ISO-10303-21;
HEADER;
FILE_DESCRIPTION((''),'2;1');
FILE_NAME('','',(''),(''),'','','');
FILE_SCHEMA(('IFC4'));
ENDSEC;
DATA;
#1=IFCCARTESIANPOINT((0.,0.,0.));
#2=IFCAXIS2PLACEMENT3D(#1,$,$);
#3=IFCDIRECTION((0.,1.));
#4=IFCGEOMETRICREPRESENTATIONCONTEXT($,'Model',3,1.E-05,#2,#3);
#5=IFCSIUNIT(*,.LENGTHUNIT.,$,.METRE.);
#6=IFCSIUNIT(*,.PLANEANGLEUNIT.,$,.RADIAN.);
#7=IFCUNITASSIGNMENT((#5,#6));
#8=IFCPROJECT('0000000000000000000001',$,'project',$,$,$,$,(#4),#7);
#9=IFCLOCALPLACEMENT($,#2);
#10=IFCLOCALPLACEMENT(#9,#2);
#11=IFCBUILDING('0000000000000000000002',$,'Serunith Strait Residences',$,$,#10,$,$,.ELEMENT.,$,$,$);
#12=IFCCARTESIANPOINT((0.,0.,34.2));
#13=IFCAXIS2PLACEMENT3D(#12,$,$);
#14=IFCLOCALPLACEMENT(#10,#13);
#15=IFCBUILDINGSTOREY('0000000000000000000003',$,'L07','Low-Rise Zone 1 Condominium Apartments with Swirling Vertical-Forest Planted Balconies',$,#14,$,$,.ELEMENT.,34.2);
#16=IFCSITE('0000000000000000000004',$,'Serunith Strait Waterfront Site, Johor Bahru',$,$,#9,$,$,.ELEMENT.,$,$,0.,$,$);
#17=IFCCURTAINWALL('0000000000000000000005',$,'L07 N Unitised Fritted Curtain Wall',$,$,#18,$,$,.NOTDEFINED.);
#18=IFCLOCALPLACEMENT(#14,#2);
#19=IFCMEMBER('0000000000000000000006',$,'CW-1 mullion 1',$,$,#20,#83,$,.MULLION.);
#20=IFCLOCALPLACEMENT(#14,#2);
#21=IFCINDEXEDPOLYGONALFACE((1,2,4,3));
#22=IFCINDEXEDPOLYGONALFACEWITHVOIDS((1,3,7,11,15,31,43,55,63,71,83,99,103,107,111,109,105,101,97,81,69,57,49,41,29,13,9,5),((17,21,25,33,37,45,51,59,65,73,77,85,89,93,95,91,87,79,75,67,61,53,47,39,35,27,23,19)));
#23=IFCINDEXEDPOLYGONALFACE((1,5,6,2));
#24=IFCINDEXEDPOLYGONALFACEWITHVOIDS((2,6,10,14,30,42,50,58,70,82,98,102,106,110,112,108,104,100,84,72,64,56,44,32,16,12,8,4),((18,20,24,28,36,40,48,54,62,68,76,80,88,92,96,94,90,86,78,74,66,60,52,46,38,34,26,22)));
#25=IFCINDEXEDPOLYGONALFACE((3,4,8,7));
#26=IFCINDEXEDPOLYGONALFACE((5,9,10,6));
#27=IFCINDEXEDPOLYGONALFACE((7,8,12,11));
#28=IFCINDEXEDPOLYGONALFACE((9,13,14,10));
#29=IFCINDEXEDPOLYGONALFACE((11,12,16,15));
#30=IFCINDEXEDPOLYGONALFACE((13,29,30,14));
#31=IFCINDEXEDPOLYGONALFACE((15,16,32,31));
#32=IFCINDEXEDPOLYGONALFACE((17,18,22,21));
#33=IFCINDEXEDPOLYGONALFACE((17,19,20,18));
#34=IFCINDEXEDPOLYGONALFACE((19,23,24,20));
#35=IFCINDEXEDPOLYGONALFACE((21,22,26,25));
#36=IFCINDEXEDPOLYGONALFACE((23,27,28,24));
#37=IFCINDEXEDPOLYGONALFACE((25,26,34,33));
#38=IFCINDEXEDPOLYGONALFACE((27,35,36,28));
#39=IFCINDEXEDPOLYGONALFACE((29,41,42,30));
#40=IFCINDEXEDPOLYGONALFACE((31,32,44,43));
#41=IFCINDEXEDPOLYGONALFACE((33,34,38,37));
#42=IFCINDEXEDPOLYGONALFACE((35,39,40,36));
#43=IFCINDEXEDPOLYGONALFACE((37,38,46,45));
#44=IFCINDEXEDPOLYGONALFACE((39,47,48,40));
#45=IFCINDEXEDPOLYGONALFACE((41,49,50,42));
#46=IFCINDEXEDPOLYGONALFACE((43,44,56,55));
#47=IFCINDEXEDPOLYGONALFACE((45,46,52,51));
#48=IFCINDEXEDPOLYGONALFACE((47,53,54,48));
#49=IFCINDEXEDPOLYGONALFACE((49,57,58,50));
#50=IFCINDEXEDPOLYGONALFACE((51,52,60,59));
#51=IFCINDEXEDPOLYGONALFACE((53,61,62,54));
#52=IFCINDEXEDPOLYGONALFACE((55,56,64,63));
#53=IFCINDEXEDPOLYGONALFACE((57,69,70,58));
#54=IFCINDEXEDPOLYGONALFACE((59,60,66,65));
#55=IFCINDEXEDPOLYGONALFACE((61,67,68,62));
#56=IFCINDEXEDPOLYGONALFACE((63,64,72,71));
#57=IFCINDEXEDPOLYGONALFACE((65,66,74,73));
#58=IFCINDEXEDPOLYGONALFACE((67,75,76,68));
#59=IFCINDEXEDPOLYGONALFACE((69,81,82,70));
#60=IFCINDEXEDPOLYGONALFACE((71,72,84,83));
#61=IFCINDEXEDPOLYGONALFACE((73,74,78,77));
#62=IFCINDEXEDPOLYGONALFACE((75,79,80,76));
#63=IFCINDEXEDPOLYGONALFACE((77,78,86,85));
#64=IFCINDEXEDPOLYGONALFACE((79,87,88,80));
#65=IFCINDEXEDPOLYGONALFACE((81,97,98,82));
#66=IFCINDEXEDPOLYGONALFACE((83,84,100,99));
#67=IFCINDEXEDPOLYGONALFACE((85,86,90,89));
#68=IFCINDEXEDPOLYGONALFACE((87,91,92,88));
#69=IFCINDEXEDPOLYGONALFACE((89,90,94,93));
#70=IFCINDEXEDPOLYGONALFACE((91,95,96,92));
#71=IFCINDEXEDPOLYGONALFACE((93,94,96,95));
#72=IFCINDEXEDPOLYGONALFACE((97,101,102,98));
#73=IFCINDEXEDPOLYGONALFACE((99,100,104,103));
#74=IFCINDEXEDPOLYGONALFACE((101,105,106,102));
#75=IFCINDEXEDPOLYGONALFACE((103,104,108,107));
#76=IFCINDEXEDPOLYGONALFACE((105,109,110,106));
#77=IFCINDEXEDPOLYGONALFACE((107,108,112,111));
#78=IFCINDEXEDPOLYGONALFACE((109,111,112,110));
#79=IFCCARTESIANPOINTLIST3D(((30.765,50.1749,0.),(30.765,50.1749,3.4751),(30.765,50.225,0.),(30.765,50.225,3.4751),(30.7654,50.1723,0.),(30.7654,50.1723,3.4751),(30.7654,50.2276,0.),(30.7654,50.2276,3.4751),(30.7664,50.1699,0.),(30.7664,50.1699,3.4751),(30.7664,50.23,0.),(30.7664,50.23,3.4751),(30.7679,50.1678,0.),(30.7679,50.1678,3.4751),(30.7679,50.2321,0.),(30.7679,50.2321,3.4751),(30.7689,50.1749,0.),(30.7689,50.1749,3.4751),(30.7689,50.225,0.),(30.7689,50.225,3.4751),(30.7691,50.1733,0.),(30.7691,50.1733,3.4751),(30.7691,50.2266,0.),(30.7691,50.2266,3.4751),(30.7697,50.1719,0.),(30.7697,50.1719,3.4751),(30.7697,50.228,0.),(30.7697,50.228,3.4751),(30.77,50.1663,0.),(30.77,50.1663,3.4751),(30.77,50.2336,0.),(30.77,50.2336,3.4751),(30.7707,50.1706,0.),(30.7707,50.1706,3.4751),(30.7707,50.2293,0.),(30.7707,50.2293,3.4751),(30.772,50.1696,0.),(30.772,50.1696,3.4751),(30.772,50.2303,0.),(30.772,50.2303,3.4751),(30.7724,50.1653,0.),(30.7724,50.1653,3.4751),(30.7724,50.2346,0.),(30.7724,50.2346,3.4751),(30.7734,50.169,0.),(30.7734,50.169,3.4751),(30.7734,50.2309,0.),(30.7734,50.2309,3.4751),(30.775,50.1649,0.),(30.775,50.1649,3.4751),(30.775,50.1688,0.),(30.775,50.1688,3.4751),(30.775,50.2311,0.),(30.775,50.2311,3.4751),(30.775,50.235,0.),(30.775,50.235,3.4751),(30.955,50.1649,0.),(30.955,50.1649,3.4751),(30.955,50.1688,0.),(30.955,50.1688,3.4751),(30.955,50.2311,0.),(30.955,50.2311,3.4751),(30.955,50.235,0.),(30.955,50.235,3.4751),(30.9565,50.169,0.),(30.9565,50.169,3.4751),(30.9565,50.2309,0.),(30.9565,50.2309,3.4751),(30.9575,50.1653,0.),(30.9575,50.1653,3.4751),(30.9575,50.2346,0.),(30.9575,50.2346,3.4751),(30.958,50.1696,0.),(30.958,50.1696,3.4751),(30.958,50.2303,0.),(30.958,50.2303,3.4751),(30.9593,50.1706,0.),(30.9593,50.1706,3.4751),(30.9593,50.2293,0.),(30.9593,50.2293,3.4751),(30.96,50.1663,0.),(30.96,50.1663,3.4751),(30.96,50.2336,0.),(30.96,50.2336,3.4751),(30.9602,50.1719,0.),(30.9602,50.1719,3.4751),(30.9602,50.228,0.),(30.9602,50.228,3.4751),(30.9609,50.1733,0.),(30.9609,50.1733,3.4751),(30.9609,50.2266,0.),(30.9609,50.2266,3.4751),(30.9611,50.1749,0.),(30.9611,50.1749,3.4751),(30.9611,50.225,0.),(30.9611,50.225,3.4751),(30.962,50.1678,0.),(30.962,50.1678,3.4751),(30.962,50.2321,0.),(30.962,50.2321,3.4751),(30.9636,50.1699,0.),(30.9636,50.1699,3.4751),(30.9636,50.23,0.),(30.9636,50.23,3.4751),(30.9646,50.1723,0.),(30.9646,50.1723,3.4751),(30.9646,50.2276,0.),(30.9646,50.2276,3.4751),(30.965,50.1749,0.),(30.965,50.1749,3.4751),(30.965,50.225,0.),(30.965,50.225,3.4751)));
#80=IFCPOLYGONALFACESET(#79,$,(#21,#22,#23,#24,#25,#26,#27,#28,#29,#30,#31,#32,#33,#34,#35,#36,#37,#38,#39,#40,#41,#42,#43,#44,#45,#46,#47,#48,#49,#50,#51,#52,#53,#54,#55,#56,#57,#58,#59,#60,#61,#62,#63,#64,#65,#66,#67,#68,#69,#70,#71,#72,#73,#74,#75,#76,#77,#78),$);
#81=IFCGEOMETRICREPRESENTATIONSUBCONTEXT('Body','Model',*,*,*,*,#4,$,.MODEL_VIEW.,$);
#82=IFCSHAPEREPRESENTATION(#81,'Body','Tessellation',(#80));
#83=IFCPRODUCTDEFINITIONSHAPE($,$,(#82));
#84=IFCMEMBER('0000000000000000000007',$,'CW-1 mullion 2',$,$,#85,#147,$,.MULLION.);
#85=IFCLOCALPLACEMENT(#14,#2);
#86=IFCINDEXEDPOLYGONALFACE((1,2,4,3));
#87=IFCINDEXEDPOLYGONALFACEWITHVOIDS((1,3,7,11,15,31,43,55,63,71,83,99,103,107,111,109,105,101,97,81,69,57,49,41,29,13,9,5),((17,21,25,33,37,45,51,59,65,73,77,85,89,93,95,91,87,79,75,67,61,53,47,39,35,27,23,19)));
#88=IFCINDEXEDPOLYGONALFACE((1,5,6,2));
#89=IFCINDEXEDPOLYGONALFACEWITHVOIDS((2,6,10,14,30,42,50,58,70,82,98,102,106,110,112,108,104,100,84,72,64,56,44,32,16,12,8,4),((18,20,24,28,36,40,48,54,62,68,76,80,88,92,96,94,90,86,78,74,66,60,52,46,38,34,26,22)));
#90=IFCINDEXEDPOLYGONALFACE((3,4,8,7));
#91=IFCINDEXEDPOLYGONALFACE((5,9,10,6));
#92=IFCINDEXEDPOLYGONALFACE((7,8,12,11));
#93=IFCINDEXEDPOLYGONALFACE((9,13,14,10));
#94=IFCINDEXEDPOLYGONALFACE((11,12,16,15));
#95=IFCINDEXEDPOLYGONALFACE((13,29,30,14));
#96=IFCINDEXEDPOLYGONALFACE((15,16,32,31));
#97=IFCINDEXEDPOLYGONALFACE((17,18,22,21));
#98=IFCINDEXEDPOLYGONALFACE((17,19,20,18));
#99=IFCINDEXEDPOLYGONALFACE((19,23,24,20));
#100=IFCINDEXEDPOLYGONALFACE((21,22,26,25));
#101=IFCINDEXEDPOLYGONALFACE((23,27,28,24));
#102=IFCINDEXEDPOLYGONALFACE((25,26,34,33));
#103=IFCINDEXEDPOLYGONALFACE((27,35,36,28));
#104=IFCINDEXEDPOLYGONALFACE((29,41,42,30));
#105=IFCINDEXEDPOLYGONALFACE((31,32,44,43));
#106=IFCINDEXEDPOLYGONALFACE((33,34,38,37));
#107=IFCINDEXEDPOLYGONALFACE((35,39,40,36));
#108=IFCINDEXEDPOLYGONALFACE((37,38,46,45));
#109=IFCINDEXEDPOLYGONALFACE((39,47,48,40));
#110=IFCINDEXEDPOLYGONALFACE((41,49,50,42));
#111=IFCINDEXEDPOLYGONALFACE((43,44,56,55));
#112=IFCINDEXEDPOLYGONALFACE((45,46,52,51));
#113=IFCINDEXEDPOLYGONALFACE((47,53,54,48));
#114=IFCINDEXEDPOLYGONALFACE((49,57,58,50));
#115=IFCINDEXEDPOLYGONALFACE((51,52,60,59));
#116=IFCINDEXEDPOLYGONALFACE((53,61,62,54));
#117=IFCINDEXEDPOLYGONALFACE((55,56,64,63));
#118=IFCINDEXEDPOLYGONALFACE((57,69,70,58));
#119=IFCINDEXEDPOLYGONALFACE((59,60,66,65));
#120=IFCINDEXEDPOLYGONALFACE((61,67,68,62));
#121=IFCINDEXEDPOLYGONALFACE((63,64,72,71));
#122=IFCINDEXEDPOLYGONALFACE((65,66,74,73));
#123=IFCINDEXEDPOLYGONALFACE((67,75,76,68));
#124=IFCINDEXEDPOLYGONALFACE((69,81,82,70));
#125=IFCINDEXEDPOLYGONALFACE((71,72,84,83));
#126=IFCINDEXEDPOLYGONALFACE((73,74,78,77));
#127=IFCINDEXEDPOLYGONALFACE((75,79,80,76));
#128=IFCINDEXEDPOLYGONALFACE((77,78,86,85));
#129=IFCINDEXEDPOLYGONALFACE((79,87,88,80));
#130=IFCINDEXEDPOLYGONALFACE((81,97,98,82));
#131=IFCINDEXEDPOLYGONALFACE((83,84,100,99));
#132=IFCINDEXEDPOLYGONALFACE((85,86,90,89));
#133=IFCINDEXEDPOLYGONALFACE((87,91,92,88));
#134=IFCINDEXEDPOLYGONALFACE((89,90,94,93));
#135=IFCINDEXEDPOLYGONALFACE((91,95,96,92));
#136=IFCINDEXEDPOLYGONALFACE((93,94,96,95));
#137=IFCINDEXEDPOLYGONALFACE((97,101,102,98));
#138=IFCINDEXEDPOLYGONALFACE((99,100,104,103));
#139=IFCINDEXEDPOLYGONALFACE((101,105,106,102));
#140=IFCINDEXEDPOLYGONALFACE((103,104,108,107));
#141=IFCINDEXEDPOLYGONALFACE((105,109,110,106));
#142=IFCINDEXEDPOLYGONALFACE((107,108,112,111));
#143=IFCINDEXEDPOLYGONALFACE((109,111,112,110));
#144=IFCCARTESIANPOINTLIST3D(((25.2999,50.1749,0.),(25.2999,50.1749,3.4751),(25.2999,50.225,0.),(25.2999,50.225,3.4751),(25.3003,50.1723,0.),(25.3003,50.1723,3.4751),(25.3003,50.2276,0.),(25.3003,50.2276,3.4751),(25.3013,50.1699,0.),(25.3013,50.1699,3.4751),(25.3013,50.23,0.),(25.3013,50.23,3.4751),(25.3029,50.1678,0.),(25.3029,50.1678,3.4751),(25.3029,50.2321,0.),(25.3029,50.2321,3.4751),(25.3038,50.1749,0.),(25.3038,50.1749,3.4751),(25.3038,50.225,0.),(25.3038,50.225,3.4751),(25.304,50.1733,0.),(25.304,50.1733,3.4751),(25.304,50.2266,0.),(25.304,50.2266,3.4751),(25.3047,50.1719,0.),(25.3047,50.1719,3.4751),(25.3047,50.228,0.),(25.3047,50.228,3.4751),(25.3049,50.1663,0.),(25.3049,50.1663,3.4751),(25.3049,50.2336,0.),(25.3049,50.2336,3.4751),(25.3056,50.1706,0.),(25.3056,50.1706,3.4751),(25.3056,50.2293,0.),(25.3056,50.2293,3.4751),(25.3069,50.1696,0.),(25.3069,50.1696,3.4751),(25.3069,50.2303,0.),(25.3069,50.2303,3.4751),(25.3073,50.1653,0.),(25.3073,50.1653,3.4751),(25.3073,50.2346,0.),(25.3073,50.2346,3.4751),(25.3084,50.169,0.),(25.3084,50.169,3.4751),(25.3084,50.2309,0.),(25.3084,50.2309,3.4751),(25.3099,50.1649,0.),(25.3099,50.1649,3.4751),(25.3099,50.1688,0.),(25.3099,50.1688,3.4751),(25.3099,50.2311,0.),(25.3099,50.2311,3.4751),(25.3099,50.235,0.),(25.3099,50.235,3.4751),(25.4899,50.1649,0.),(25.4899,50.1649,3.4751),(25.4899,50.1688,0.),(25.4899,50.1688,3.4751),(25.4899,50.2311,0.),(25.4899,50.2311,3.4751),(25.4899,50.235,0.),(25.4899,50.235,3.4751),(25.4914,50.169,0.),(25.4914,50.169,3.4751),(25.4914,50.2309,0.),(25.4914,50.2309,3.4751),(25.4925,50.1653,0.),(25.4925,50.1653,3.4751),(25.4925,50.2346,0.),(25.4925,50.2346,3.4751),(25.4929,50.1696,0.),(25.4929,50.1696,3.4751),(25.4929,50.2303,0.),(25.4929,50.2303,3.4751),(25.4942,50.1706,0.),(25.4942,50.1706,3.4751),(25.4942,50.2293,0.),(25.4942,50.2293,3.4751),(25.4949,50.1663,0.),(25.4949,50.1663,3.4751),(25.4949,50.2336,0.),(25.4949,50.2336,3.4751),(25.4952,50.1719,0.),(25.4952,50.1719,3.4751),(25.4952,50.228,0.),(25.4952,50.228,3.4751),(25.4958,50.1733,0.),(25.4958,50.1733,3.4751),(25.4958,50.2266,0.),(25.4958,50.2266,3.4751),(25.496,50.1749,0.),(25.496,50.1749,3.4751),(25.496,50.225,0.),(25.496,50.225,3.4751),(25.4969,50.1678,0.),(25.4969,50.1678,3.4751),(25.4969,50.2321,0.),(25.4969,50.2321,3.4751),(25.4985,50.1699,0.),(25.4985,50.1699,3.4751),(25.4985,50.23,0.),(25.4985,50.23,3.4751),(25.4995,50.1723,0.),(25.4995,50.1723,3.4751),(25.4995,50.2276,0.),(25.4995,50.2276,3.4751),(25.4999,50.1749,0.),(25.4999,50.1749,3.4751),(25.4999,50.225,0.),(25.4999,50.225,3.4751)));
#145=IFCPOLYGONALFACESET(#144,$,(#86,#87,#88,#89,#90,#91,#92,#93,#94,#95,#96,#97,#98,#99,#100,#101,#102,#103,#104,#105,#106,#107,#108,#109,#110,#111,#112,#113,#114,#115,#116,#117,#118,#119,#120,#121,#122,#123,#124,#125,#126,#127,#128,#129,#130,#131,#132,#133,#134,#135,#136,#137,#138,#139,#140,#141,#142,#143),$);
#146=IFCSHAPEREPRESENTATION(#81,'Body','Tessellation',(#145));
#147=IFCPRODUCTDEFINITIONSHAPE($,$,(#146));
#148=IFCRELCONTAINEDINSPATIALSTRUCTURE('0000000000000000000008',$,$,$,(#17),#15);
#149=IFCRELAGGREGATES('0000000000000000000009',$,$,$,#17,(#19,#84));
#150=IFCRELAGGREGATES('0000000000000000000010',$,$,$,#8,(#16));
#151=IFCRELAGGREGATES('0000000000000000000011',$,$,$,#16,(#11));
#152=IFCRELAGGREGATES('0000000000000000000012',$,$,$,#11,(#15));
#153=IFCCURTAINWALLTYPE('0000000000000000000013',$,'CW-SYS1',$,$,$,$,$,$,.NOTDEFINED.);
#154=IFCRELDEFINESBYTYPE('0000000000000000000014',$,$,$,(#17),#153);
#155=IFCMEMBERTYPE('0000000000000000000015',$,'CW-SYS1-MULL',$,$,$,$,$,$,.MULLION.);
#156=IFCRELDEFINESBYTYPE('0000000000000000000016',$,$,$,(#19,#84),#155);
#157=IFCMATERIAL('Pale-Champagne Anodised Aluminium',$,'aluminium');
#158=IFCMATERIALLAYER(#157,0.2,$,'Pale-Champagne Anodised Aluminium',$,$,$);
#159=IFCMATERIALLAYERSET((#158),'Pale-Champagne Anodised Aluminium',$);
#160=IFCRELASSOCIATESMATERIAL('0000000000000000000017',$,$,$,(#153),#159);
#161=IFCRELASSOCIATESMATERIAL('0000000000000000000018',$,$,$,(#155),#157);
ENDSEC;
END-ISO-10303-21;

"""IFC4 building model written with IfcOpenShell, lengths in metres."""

from ifc_helpers import new_model, si_unit, direction, frame, origin, origin_2d, place, context, subcontext, project, spatial, hollow_rectangle, extrude, source, transform, mapped, material, layer, layer_set, material_profile, profile_set, type_object, element, aggregate, save


model = new_model("IFC4")

# Units and contexts
model_context = context("Model", 3, precision=1e-05, world=origin(), true_north=direction((0.0, 1.0)))
body_context = subcontext(model_context, "Body", "Model", "MODEL_VIEW")
ifc_project = project(units=[si_unit("LENGTHUNIT", "METRE"), si_unit("PLANEANGLEUNIT", "RADIAN")], contexts=[model_context])

# Site, building, storey
site_placement = place(None, origin())
site = spatial("IfcSite", under=ifc_project, at=site_placement, Name="Serunith Strait Waterfront Site, Johor Bahru", CompositionType="ELEMENT", RefElevation=0.0)
building_placement = place(site_placement, origin())
building = spatial("IfcBuilding", under=site, at=building_placement, Name="Serunith Strait Residences", CompositionType="ELEMENT")
storey_placement = place(building_placement, frame((0.0, 0.0, 34.2)))
storey = spatial("IfcBuildingStorey", under=building, at=storey_placement, Name="L07", Description="Low-Rise Zone 1 Condominium Apartments with Swirling Vertical-Forest Planted Balconies", CompositionType="ELEMENT", Elevation=34.2)

# Curtain wall, members
ifc_material_1 = material(Name="Pale-Champagne Anodised Aluminium", Category="aluminium")
ifc_layer_1 = layer(ifc_material_1, 0.2, Name="Pale-Champagne Anodised Aluminium")
ifc_layer_set_1 = layer_set([ifc_layer_1], Name="Pale-Champagne Anodised Aluminium")
curtain_wall_type = type_object("IfcCurtainWallType", Name="CW-SYS1", PredefinedType="NOTDEFINED", material=ifc_layer_set_1)
curtain_wall_placement = place(storey_placement, origin())
curtain_wall = element("IfcCurtainWall", 1, at=curtain_wall_placement, inside=storey, type_object=curtain_wall_type, Name="L07 N Unitised Fritted Curtain Wall", PredefinedType="NOTDEFINED")
ifc_material_profile_1 = material_profile(ifc_material_1, hollow_rectangle(XDim=0.0701, YDim=0.2, WallThickness=0.0039, InnerFilletRadius=0.0061, OuterFilletRadius=0.01, at=origin_2d()), Name="ALU 200x70x4")
ifc_profile_set_1 = profile_set([ifc_material_profile_1], Name="Pale-Champagne Anodised Aluminium")
member_type_1 = type_object("IfcMemberType", Name="CW-SYS1-MULL", PredefinedType="MULLION", material=ifc_profile_set_1)
shared_shape_1 = source(origin(), body_context, "Body", "SweptSolid", [
    extrude(hollow_rectangle(XDim=0.0701, YDim=0.2, WallThickness=0.0039, InnerFilletRadius=0.0061, OuterFilletRadius=0.01, at=origin_2d()), origin(), (0.0, 0.0, 1.0), 3.4751),
])
member_1_placement = place(storey_placement, frame((30.865, 50.2, 0.0), z_axis=(0.0, 0.0, 1.0), x_axis=(0.0, -1.0, 0.0)))
member_1 = element("IfcMember", 2, at=member_1_placement, type_object=member_type_1, Name="CW-1 mullion 1", PredefinedType="MULLION", context=body_context, shape_type="MappedRepresentation", body=[
    mapped(shared_shape_1, transform((0.0, 0.0, 0.0), scale=1.0)),
])
member_2_placement = place(storey_placement, frame((25.3999, 50.2, 0.0), z_axis=(0.0, 0.0, 1.0), x_axis=(0.0, -1.0, 0.0)))
member_2 = element("IfcMember", 3, at=member_2_placement, type_object=member_type_1, Name="CW-1 mullion 2", PredefinedType="MULLION", context=body_context, shape_type="MappedRepresentation", body=[
    mapped(shared_shape_1, transform((0.0, 0.0, 0.0), scale=1.0)),
])
aggregate(curtain_wall, [member_1, member_2])

save(model, "model.ifc")
